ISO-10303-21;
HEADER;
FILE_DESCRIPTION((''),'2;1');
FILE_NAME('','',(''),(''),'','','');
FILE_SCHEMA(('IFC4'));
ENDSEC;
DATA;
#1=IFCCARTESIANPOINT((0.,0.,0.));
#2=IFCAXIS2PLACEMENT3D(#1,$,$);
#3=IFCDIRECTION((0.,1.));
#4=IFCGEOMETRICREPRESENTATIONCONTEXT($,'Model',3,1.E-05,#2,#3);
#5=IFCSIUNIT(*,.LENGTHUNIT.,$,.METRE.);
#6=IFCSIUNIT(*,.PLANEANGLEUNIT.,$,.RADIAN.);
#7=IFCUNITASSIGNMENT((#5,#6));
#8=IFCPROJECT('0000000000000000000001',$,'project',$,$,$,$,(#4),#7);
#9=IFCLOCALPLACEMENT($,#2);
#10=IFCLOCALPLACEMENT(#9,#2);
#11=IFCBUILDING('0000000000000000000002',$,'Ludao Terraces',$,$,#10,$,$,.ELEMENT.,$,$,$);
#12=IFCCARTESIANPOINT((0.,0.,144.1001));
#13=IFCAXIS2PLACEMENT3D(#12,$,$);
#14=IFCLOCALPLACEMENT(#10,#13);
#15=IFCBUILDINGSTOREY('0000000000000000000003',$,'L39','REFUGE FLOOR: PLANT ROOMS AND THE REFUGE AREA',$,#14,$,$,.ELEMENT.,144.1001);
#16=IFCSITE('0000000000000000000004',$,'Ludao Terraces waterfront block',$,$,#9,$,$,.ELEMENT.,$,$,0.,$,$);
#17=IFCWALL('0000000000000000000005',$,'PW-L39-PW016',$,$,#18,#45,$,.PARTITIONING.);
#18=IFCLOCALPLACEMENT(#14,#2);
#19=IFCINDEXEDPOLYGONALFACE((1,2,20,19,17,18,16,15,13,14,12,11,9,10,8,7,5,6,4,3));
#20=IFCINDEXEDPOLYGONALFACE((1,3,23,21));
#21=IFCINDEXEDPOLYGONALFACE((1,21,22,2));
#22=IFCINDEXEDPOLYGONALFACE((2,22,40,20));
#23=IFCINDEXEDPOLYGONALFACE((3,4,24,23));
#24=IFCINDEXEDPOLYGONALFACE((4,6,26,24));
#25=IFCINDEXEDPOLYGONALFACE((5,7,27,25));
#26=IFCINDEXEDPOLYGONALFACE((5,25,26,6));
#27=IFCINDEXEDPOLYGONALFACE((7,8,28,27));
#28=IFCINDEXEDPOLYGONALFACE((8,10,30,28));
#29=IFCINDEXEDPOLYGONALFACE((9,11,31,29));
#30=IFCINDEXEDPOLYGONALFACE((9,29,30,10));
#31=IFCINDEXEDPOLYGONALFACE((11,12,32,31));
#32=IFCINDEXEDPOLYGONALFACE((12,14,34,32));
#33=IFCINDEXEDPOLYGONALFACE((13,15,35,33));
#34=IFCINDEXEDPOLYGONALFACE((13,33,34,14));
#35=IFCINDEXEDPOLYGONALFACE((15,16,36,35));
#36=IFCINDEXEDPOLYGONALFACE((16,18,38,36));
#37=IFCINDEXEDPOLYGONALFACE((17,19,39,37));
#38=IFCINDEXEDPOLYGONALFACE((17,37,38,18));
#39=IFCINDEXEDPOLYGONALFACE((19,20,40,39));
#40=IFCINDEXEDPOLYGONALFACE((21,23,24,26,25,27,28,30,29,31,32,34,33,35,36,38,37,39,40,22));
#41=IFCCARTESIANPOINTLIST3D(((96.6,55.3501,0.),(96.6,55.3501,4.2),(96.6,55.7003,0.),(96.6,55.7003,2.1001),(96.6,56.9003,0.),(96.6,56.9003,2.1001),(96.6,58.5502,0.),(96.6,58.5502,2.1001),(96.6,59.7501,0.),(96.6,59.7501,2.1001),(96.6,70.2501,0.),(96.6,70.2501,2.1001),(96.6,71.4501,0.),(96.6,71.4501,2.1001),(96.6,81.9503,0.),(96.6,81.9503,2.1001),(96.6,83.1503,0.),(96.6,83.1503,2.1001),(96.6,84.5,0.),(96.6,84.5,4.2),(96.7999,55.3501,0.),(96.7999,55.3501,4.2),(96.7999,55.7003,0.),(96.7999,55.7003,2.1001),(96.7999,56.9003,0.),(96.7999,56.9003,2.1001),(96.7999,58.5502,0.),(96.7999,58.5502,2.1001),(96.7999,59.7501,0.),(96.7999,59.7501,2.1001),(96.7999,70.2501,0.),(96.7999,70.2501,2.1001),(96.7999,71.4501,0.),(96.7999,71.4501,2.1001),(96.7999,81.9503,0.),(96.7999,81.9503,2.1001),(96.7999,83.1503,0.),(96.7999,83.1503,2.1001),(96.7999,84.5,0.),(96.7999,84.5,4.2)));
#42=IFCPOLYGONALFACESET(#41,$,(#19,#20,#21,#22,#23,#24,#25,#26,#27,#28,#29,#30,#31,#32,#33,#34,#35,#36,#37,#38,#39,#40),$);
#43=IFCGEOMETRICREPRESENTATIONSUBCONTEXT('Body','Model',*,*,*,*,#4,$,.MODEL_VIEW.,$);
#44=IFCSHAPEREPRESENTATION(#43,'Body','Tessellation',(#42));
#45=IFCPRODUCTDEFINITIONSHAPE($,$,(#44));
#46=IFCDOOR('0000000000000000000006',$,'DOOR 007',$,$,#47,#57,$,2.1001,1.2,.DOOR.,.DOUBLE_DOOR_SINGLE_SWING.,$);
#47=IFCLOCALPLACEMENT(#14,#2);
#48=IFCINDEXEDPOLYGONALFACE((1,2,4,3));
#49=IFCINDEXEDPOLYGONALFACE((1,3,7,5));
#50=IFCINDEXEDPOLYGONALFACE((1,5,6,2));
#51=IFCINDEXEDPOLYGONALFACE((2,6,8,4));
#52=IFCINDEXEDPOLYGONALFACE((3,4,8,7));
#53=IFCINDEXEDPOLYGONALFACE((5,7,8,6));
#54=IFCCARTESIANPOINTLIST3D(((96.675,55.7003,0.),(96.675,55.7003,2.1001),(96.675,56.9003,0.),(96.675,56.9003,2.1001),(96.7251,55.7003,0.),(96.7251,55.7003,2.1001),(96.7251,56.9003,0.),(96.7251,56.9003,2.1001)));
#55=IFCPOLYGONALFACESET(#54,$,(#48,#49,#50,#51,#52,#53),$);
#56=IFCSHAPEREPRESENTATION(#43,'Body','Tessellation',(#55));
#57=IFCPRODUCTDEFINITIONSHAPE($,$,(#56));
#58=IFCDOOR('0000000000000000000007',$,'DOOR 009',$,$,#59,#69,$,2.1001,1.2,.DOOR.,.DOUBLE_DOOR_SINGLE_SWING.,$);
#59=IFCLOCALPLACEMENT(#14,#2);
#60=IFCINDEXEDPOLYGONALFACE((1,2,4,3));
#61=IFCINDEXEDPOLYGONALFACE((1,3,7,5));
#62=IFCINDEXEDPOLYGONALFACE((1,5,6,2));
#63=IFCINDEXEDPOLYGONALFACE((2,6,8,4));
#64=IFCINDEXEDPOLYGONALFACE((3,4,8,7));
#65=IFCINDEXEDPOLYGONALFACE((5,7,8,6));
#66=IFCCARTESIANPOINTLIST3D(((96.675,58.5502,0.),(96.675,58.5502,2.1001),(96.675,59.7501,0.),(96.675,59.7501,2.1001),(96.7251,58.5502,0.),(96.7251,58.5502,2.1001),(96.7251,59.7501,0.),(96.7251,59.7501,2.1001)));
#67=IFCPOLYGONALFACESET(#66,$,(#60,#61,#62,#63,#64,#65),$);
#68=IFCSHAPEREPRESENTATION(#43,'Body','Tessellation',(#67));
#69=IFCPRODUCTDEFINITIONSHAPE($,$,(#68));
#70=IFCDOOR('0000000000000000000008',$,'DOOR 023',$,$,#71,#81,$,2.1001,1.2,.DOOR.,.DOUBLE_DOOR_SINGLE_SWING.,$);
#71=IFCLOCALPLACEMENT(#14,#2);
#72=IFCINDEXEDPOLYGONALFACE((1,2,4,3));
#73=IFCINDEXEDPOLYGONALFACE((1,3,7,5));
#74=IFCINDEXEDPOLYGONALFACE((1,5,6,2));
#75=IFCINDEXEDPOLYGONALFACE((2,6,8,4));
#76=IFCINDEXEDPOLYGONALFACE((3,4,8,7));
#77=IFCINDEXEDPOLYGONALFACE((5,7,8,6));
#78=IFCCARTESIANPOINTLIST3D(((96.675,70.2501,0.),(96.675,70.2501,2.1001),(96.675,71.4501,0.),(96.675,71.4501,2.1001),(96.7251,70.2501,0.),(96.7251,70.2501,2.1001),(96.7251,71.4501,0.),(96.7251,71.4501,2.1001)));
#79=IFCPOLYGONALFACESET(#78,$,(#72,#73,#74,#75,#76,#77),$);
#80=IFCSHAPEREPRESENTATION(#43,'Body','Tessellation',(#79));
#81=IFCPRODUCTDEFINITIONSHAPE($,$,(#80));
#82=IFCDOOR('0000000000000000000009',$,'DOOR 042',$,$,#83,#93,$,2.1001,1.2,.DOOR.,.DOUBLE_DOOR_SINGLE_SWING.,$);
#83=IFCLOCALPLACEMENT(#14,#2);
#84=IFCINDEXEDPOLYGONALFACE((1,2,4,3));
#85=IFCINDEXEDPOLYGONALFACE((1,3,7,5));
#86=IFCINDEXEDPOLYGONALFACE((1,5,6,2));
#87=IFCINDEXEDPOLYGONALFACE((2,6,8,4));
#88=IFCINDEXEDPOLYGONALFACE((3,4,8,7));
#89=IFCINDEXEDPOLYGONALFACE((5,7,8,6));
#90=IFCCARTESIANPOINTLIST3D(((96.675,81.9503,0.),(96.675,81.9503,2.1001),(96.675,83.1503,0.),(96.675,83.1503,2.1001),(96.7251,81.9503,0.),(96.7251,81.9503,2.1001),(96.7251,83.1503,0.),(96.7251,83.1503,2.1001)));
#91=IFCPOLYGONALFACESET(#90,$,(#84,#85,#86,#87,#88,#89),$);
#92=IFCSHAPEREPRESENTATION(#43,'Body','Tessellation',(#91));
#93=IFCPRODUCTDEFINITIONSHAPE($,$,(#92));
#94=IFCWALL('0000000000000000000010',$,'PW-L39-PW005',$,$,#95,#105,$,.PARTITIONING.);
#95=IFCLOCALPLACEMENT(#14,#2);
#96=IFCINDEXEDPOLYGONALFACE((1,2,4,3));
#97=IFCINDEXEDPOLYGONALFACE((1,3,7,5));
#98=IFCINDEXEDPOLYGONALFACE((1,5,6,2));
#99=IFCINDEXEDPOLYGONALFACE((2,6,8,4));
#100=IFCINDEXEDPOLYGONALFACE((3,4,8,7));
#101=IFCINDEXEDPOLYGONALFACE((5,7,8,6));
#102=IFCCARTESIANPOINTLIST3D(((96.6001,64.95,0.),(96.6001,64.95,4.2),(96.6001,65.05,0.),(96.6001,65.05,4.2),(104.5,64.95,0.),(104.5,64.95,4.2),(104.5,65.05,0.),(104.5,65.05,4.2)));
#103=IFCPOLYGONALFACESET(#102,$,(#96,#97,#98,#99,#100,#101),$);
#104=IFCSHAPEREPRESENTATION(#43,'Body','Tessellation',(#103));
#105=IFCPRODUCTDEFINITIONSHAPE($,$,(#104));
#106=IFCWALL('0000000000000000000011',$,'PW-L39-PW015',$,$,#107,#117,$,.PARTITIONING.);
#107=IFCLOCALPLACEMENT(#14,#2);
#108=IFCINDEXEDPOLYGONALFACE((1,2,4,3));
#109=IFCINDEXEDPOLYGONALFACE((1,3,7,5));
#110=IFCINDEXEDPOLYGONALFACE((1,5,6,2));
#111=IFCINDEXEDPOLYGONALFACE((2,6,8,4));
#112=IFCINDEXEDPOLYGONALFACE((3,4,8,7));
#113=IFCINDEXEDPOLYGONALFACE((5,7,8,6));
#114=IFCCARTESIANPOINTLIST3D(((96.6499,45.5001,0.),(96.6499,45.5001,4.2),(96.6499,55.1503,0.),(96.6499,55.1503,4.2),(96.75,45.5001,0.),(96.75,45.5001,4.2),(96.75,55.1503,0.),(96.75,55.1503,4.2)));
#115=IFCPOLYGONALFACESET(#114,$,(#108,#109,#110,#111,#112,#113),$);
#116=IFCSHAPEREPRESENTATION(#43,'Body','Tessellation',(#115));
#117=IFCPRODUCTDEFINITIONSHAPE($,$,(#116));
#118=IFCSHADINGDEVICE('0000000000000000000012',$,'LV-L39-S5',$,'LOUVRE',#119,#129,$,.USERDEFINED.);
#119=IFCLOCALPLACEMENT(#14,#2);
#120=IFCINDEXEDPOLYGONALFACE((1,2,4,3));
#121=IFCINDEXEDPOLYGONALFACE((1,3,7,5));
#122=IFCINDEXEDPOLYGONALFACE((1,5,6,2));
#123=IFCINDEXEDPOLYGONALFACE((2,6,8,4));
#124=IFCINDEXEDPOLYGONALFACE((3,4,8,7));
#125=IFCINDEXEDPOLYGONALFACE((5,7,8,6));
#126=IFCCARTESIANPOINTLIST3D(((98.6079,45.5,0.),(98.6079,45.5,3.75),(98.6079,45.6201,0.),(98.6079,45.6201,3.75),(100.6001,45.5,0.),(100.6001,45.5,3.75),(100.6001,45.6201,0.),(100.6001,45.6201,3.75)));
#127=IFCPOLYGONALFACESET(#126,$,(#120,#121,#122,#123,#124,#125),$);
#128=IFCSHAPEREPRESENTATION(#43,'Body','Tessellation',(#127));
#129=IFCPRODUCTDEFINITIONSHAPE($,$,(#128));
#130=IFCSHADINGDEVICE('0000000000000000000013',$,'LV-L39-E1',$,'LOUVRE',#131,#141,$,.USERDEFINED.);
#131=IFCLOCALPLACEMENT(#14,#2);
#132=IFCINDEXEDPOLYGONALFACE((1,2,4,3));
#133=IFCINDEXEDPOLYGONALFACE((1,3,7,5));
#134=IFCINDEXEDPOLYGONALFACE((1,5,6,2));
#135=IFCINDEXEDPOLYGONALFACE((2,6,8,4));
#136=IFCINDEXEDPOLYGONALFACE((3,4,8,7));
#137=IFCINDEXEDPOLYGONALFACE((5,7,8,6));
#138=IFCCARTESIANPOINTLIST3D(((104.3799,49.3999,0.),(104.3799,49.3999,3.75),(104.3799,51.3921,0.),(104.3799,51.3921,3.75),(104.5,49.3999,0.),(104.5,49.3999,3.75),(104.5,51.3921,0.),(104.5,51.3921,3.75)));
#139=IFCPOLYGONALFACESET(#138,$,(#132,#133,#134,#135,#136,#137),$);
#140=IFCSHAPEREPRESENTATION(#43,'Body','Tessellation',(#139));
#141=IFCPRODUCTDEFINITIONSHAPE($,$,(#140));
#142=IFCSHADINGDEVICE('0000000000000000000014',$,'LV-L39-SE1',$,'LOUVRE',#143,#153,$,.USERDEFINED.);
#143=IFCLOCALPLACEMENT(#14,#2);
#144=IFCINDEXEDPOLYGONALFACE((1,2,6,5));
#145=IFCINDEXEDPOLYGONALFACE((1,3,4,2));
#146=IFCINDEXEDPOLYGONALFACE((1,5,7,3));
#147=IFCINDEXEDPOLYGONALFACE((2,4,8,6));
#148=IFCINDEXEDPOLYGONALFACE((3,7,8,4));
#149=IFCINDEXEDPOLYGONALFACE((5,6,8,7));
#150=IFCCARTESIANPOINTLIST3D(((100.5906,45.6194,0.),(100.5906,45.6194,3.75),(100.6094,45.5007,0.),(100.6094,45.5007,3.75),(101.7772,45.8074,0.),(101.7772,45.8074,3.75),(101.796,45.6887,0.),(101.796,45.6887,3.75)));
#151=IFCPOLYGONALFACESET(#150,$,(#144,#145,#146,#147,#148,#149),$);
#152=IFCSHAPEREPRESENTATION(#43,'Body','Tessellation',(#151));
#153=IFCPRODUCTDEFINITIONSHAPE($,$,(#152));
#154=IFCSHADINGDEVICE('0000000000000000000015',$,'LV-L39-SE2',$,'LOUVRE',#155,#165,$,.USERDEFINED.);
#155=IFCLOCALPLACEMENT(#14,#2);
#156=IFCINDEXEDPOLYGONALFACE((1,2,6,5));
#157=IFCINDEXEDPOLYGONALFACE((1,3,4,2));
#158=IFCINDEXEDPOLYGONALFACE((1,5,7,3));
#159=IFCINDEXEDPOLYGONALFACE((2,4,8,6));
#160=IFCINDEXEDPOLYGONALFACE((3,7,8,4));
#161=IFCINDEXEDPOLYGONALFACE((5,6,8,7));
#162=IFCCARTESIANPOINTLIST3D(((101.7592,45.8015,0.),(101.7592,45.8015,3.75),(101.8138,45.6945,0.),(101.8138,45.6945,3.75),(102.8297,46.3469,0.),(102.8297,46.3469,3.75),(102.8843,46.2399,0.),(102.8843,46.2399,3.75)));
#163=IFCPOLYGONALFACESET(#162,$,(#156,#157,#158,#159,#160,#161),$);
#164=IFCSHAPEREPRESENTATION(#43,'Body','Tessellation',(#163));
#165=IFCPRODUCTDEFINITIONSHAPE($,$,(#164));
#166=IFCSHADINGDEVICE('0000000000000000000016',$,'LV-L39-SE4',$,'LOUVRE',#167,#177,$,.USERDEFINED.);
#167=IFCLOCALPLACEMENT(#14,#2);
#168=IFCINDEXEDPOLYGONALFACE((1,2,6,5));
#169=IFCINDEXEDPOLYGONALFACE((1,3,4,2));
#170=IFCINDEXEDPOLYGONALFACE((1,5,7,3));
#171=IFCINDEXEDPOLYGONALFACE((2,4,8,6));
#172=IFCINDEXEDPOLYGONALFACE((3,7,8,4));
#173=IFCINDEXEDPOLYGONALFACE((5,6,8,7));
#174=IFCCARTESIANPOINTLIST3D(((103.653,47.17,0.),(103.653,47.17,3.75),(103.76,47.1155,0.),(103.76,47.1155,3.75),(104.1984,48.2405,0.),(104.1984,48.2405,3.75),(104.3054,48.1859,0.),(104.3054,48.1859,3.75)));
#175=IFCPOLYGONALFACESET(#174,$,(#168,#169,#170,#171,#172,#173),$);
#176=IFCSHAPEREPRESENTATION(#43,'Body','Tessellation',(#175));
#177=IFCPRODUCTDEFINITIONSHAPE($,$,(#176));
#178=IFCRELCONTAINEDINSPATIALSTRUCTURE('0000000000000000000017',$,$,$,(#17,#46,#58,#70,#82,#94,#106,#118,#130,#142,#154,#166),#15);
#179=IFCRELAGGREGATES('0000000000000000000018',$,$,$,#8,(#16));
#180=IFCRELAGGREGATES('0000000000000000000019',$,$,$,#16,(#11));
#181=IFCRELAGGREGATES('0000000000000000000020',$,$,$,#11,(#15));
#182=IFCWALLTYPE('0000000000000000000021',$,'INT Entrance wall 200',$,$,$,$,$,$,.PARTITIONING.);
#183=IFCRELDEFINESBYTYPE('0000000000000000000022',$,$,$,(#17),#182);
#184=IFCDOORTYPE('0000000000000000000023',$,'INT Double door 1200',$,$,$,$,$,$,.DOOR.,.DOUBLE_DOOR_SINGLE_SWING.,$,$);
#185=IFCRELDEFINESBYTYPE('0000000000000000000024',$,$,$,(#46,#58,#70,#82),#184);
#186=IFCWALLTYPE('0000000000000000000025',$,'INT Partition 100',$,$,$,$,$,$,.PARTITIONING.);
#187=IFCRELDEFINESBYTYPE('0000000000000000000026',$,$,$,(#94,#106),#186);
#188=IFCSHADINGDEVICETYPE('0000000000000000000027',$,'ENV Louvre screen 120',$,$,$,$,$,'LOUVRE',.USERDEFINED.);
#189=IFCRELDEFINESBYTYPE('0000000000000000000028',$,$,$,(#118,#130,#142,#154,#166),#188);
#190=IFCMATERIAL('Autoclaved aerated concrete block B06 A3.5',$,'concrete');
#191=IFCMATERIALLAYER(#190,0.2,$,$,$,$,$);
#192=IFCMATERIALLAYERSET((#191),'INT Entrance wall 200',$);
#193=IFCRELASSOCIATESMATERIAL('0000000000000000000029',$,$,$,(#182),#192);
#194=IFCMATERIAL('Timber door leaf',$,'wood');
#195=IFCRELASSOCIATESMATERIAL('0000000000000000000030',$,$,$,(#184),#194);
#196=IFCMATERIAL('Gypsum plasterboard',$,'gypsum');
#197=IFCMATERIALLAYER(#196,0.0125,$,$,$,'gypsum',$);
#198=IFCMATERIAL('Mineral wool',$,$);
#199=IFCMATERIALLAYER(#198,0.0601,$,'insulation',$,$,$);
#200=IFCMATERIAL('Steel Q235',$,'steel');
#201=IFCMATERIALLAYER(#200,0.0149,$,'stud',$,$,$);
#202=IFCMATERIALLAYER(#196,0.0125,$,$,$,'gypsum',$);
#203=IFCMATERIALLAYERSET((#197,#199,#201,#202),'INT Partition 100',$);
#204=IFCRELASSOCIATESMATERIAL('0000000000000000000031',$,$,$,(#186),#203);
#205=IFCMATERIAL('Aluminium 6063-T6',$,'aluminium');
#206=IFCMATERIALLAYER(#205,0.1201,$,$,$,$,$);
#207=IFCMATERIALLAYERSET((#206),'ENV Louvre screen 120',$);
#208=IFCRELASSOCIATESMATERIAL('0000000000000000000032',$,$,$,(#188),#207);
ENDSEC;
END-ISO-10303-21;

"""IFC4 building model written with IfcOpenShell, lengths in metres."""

from ifc_helpers import new_model, si_unit, direction, frame, frame_2d, origin, place, context, subcontext, project, spatial, rectangle, extrude, material, layer, layer_set, type_object, element, fill, save


model = new_model("IFC4")

# Units and contexts
model_context = context("Model", 3, precision=1e-05, world=origin(), true_north=direction((0.0, 1.0)))
body_context = subcontext(model_context, "Body", "Model", "MODEL_VIEW")
ifc_project = project(units=[si_unit("LENGTHUNIT", "METRE"), si_unit("PLANEANGLEUNIT", "RADIAN")], contexts=[model_context])

# Site, building, storey
site_placement = place(None, origin())
site = spatial("IfcSite", under=ifc_project, at=site_placement, Name="Ludao Terraces waterfront block", CompositionType="ELEMENT", RefElevation=0.0)
building_placement = place(site_placement, origin())
building = spatial("IfcBuilding", under=site, at=building_placement, Name="Ludao Terraces", CompositionType="ELEMENT")
storey_placement = place(building_placement, frame((0.0, 0.0, 144.1001)))
storey = spatial("IfcBuildingStorey", under=building, at=storey_placement, Name="L39", Description="REFUGE FLOOR: PLANT ROOMS AND THE REFUGE AREA", CompositionType="ELEMENT", Elevation=144.1001)

# Wall, openings, doors
ifc_material_1 = material(Name="Autoclaved aerated concrete block B06 A3.5", Category="concrete")
ifc_layer_1 = layer(ifc_material_1, 0.2)
ifc_layer_set_1 = layer_set([ifc_layer_1], Name="INT Entrance wall 200")
wall_type_1 = type_object("IfcWallType", Name="INT Entrance wall 200", PredefinedType="PARTITIONING", material=ifc_layer_set_1)
wall_1_placement = place(storey_placement, frame((96.7, 55.3501, 0.0), z_axis=(0.0, 0.0, 1.0), x_axis=(0.0, 1.0, 0.0)))
wall_1 = element("IfcWall", 1, at=wall_1_placement, inside=storey, type_object=wall_type_1, Name="PW-L39-PW016", PredefinedType="PARTITIONING", context=body_context, shape_type="SweptSolid", body=[
    extrude(rectangle(XDim=29.1499, YDim=0.2, at=frame_2d((14.575, 0.0))), origin(), (0.0, 0.0, 1.0), 4.2),
])
opening_1_placement = place(wall_1_placement, frame((0.3501, 0.0, 0.0)))
opening_1 = element("IfcOpeningElement", 2, at=opening_1_placement, cuts=wall_1, PredefinedType="OPENING", context=body_context, shape_type="SweptSolid", body=[
    extrude(rectangle(XDim=1.2, YDim=2.1001, at=frame_2d((0.6001, 1.05))), frame((0.0, 0.1099, 0.0), z_axis=(0.0, -1.0, 0.0), x_axis=(1.0, 0.0, 0.0)), (0.0, 0.0, 1.0), 0.22),
])
opening_2_placement = place(wall_1_placement, frame((3.2, 0.0, 0.0)))
opening_2 = element("IfcOpeningElement", 3, at=opening_2_placement, cuts=wall_1, PredefinedType="OPENING", context=body_context, shape_type="SweptSolid", body=[
    extrude(rectangle(XDim=1.2, YDim=2.1001, at=frame_2d((0.6001, 1.05))), frame((0.0, 0.1099, 0.0), z_axis=(0.0, -1.0, 0.0), x_axis=(1.0, 0.0, 0.0)), (0.0, 0.0, 1.0), 0.22),
])
opening_3_placement = place(wall_1_placement, frame((14.8999, 0.0, 0.0)))
opening_3 = element("IfcOpeningElement", 4, at=opening_3_placement, cuts=wall_1, PredefinedType="OPENING", context=body_context, shape_type="SweptSolid", body=[
    extrude(rectangle(XDim=1.2, YDim=2.1001, at=frame_2d((0.6001, 1.05))), frame((0.0, 0.1099, 0.0), z_axis=(0.0, -1.0, 0.0), x_axis=(1.0, 0.0, 0.0)), (0.0, 0.0, 1.0), 0.22),
])
opening_4_placement = place(wall_1_placement, frame((26.6001, 0.0, 0.0)))
opening_4 = element("IfcOpeningElement", 5, at=opening_4_placement, cuts=wall_1, PredefinedType="OPENING", context=body_context, shape_type="SweptSolid", body=[
    extrude(rectangle(XDim=1.2, YDim=2.1001, at=frame_2d((0.6001, 1.05))), frame((0.0, 0.1099, 0.0), z_axis=(0.0, -1.0, 0.0), x_axis=(1.0, 0.0, 0.0)), (0.0, 0.0, 1.0), 0.22),
])
ifc_material_2 = material(Name="Timber door leaf", Category="wood")
door_type = type_object("IfcDoorType", Name="INT Double door 1200", OperationType="DOUBLE_DOOR_SINGLE_SWING", PredefinedType="DOOR", material=ifc_material_2)
door_1_placement = place(opening_1_placement, origin())
door_1 = element("IfcDoor", 6, at=door_1_placement, inside=storey, type_object=door_type, Name="DOOR 007", OperationType="DOUBLE_DOOR_SINGLE_SWING", OverallHeight=2.1001, OverallWidth=1.2, PredefinedType="DOOR", context=body_context, shape_type="SweptSolid", body=[
    extrude(rectangle(XDim=1.2, YDim=2.1001, at=frame_2d((0.6001, 1.05))), frame((0.0, 0.0249, 0.0), z_axis=(0.0, -1.0, 0.0), x_axis=(1.0, 0.0, 0.0)), (0.0, 0.0, 1.0), 0.05),
])
fill(opening_1, door_1)
door_2_placement = place(opening_2_placement, origin())
door_2 = element("IfcDoor", 7, at=door_2_placement, inside=storey, type_object=door_type, Name="DOOR 009", OperationType="DOUBLE_DOOR_SINGLE_SWING", OverallHeight=2.1001, OverallWidth=1.2, PredefinedType="DOOR", context=body_context, shape_type="SweptSolid", body=[
    extrude(rectangle(XDim=1.2, YDim=2.1001, at=frame_2d((0.6001, 1.05))), frame((0.0, 0.0249, 0.0), z_axis=(0.0, -1.0, 0.0), x_axis=(1.0, 0.0, 0.0)), (0.0, 0.0, 1.0), 0.05),
])
fill(opening_2, door_2)
door_3_placement = place(opening_3_placement, origin())
door_3 = element("IfcDoor", 8, at=door_3_placement, inside=storey, type_object=door_type, Name="DOOR 023", OperationType="DOUBLE_DOOR_SINGLE_SWING", OverallHeight=2.1001, OverallWidth=1.2, PredefinedType="DOOR", context=body_context, shape_type="SweptSolid", body=[
    extrude(rectangle(XDim=1.2, YDim=2.1001, at=frame_2d((0.6001, 1.05))), frame((0.0, 0.0249, 0.0), z_axis=(0.0, -1.0, 0.0), x_axis=(1.0, 0.0, 0.0)), (0.0, 0.0, 1.0), 0.05),
])
fill(opening_3, door_3)
door_4_placement = place(opening_4_placement, origin())
door_4 = element("IfcDoor", 9, at=door_4_placement, inside=storey, type_object=door_type, Name="DOOR 042", OperationType="DOUBLE_DOOR_SINGLE_SWING", OverallHeight=2.1001, OverallWidth=1.2, PredefinedType="DOOR", context=body_context, shape_type="SweptSolid", body=[
    extrude(rectangle(XDim=1.2, YDim=2.1001, at=frame_2d((0.6001, 1.05))), frame((0.0, 0.0249, 0.0), z_axis=(0.0, -1.0, 0.0), x_axis=(1.0, 0.0, 0.0)), (0.0, 0.0, 1.0), 0.05),
])
fill(opening_4, door_4)

# Walls
ifc_material_3 = material(Name="Gypsum plasterboard", Category="gypsum")
ifc_layer_2 = layer(ifc_material_3, 0.0125, Category="gypsum")
ifc_material_4 = material(Name="Mineral wool")
ifc_layer_3 = layer(ifc_material_4, 0.0601, Name="insulation")
ifc_material_5 = material(Name="Steel Q235", Category="steel")
ifc_layer_4 = layer(ifc_material_5, 0.0149, Name="stud")
ifc_layer_5 = layer(ifc_material_3, 0.0125, Category="gypsum")
ifc_layer_set_2 = layer_set([ifc_layer_2, ifc_layer_3, ifc_layer_4, ifc_layer_5], Name="INT Partition 100")
wall_type_2 = type_object("IfcWallType", Name="INT Partition 100", PredefinedType="PARTITIONING", material=ifc_layer_set_2)
wall_2_placement = place(storey_placement, frame((96.6001, 65.0, 0.0), z_axis=(0.0, 0.0, 1.0), x_axis=(1.0, 0.0, 0.0)))
element("IfcWall", 10, at=wall_2_placement, inside=storey, type_object=wall_type_2, Name="PW-L39-PW005", PredefinedType="PARTITIONING", context=body_context, shape_type="SweptSolid", body=[
    extrude(rectangle(XDim=7.8999, YDim=0.1001, at=frame_2d((3.95, 0.0))), origin(), (0.0, 0.0, 1.0), 4.2),
])
wall_3_placement = place(storey_placement, frame((96.7, 45.5, 0.0), z_axis=(0.0, 0.0, 1.0), x_axis=(0.0, 1.0, 0.0)))
element("IfcWall", 11, at=wall_3_placement, inside=storey, type_object=wall_type_2, Name="PW-L39-PW015", PredefinedType="PARTITIONING", context=body_context, shape_type="SweptSolid", body=[
    extrude(rectangle(XDim=9.6501, YDim=0.1001, at=frame_2d((4.8252, 0.0))), origin(), (0.0, 0.0, 1.0), 4.2),
])

# Shading devices
ifc_material_6 = material(Name="Aluminium 6063-T6", Category="aluminium")
ifc_layer_6 = layer(ifc_material_6, 0.1201)
ifc_layer_set_3 = layer_set([ifc_layer_6], Name="ENV Louvre screen 120")
shading_device_type = type_object("IfcShadingDeviceType", Name="ENV Louvre screen 120", ElementType="LOUVRE", PredefinedType="USERDEFINED", material=ifc_layer_set_3)
for number, where, z_axis, x_axis, name in (
    (12, (98.6079, 45.5601, 0.0), (0.0, 0.0, 1.0), (1.0, 0.0, 0.0), "LV-L39-S5"),
    (13, (104.4399, 49.3999, 0.0), (0.0, 0.0, 1.0), (0.0, 1.0, 0.0), "LV-L39-E1"),
):
    element("IfcShadingDevice", number, at=place(storey_placement, frame(where, z_axis=z_axis, x_axis=x_axis)), inside=storey, type_object=shading_device_type, Name=name, ObjectType="LOUVRE", PredefinedType="USERDEFINED", context=body_context, shape_type="SweptSolid", body=[
        extrude(rectangle(XDim=1.9922, YDim=0.1201, at=frame_2d((0.9961, 0.0))), origin(), (0.0, 0.0, 1.0), 3.75),
    ])
for number, where, z_axis, x_axis, name in (
    (14, (100.6001, 45.5601, 0.0), (0.0, 0.0, 1.0), (0.98768, 0.156484, 0.0), "LV-L39-SE1"),
    (15, (101.7866, 45.748, 0.0), (0.0, 0.0, 1.0), (0.891029, 0.453947, 0.0), "LV-L39-SE2"),
    (16, (103.7065, 47.1428, 0.0), (0.0, 0.0, 1.0), (0.453947, 0.891029, 0.0), "LV-L39-SE4"),
):
    element("IfcShadingDevice", number, at=place(storey_placement, frame(where, z_axis=z_axis, x_axis=x_axis)), inside=storey, type_object=shading_device_type, Name=name, ObjectType="LOUVRE", PredefinedType="USERDEFINED", context=body_context, shape_type="SweptSolid", body=[
        extrude(rectangle(XDim=1.2014, YDim=0.1201, at=frame_2d((0.6006, 0.0))), origin(), (0.0, 0.0, 1.0), 3.75),
    ])

save(model, "model.ifc")
